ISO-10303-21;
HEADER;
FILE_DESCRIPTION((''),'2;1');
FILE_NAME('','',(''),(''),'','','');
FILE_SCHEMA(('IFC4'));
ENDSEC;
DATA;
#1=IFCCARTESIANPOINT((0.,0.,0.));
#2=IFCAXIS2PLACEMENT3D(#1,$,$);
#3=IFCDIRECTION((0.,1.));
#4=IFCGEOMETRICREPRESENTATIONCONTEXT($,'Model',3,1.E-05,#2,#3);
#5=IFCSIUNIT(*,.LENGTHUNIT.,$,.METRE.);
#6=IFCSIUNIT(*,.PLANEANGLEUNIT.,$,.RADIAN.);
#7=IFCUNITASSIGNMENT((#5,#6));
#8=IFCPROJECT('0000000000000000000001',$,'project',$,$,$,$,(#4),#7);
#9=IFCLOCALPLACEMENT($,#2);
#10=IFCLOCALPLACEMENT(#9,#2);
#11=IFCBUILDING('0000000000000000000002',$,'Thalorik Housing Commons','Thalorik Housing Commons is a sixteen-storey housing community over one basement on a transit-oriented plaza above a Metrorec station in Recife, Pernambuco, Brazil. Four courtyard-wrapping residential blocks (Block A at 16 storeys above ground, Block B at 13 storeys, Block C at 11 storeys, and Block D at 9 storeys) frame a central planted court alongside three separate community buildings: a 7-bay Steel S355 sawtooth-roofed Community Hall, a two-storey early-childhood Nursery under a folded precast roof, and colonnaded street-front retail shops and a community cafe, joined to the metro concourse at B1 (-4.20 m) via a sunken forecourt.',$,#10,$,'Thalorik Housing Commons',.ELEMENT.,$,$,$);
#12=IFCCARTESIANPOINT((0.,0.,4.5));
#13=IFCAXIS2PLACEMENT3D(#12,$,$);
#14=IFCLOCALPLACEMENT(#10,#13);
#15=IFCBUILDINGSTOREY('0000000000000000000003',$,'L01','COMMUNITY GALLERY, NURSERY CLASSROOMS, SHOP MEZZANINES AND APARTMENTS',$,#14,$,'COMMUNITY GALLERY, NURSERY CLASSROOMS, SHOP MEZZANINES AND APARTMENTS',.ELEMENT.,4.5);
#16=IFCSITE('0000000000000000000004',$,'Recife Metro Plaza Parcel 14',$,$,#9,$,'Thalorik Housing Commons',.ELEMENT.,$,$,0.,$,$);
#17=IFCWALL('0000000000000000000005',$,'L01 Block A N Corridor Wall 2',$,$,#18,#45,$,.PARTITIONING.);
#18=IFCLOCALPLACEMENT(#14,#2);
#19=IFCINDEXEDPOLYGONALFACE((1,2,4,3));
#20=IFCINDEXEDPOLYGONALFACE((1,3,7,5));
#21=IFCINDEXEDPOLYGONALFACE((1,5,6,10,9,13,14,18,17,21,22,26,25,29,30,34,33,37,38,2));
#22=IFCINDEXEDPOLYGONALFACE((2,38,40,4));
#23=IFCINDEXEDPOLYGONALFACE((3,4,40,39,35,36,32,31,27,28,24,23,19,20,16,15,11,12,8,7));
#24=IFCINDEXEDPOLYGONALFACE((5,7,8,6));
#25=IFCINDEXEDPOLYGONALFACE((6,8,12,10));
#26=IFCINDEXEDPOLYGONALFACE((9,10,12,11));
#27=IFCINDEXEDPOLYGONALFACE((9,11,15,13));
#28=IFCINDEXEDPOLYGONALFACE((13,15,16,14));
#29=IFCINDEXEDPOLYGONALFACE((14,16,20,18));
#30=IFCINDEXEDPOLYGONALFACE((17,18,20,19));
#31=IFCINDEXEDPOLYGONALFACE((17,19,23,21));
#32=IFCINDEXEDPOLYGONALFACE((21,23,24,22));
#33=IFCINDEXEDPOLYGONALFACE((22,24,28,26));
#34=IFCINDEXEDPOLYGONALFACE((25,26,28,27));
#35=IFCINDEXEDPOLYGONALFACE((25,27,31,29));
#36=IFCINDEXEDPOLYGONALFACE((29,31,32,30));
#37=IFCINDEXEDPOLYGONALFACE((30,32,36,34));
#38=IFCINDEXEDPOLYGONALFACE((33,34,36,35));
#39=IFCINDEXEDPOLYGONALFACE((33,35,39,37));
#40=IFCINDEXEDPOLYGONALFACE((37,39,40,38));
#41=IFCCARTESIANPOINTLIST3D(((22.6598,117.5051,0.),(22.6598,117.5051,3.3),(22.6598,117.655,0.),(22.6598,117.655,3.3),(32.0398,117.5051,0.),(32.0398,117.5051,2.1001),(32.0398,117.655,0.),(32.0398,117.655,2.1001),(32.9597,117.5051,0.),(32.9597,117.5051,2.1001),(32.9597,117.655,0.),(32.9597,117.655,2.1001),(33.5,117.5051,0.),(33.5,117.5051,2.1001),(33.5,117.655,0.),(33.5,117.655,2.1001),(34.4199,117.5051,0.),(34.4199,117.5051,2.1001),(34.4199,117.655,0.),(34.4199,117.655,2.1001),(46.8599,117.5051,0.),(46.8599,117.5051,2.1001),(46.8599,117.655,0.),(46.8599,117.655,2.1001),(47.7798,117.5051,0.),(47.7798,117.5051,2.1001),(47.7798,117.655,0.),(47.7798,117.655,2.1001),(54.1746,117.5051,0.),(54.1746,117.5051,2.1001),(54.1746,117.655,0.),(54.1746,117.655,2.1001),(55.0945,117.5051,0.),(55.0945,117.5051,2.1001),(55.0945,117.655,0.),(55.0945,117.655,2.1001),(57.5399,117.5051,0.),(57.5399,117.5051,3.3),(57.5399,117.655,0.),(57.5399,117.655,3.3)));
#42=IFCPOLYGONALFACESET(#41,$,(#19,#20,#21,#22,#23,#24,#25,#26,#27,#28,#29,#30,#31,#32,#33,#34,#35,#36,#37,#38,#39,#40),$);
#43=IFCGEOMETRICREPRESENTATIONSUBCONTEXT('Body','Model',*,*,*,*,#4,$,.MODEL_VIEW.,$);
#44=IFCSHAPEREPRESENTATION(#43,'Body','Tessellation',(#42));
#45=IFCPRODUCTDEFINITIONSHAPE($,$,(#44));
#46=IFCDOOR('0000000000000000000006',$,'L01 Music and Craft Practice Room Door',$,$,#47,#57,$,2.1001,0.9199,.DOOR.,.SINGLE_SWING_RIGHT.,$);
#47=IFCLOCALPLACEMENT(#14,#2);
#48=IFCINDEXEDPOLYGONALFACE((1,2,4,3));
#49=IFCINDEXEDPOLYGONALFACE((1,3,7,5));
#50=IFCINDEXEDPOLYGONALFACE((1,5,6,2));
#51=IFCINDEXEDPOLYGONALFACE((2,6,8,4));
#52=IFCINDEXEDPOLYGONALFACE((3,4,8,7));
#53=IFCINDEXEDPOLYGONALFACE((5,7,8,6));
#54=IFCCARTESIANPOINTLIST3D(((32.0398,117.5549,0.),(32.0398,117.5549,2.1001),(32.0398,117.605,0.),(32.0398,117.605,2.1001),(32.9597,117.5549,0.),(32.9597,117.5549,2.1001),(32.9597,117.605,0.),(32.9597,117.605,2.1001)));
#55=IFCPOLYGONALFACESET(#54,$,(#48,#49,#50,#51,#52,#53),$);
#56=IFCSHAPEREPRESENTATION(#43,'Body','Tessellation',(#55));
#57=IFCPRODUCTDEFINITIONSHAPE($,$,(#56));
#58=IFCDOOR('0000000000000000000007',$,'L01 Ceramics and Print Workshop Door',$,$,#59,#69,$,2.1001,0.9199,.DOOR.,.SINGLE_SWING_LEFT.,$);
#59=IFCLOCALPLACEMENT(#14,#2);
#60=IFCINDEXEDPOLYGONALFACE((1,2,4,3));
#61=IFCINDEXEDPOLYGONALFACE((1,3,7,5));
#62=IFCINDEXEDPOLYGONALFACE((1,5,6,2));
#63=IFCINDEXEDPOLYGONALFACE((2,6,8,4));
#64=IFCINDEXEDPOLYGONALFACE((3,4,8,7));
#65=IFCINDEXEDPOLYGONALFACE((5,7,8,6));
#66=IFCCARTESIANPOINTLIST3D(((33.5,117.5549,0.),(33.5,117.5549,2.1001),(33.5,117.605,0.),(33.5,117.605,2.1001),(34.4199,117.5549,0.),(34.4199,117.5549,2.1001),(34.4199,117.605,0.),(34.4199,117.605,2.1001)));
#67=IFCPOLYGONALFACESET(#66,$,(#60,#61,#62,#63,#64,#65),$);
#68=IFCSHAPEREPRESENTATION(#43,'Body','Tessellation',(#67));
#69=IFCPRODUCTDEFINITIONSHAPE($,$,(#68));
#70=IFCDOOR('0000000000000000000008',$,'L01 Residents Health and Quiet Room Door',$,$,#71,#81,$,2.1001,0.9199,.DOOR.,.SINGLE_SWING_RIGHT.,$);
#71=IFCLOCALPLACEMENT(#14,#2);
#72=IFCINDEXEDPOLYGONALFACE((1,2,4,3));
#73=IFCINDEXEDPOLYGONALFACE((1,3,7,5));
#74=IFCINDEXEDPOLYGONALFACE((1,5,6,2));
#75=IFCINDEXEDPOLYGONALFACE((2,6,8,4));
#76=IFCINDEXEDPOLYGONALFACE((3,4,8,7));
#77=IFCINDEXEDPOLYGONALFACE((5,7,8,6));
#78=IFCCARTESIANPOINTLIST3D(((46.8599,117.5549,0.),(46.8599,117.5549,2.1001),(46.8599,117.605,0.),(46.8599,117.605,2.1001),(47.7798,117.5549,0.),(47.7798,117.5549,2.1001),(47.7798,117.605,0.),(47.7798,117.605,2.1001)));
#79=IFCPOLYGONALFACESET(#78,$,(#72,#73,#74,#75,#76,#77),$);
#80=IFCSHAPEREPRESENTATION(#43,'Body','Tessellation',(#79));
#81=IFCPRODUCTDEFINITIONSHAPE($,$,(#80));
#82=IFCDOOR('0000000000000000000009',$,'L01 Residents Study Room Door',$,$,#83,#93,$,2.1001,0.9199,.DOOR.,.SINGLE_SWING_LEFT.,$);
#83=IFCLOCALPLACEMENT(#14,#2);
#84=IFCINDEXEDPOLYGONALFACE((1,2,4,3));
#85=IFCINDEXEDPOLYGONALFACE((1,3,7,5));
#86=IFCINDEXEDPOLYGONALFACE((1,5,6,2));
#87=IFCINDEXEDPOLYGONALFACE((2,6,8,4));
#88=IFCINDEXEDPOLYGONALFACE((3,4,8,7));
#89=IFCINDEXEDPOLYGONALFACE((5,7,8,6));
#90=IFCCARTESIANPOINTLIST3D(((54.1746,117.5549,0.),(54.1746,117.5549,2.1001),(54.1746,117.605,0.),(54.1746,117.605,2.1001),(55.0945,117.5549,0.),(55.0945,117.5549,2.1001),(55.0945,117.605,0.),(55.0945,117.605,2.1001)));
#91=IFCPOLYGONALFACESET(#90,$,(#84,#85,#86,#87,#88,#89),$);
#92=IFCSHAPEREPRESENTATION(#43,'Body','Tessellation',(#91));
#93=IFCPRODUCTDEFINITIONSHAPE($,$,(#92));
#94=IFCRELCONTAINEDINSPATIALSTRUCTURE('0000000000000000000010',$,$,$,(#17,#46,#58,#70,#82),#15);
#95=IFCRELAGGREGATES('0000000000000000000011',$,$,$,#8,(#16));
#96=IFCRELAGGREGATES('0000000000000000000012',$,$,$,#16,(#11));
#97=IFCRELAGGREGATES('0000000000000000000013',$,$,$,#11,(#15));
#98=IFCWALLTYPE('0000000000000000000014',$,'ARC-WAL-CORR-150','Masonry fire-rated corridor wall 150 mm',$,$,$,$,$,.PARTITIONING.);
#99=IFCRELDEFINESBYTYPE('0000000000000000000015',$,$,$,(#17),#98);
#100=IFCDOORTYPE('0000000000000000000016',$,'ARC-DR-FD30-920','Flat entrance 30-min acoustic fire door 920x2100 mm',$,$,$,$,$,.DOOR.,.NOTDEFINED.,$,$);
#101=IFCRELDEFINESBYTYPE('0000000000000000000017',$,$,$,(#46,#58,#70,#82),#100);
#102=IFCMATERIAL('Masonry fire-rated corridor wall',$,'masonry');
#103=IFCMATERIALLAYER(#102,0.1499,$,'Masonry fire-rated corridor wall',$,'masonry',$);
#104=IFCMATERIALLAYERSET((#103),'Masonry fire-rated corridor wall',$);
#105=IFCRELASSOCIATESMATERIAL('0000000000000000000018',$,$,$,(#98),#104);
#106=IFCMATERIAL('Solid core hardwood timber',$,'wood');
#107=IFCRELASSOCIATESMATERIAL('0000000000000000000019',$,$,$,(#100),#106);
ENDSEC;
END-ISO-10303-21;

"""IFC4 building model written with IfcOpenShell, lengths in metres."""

from ifc_helpers import new_model, si_unit, direction, frame, frame_2d, origin, place, context, subcontext, project, spatial, rectangle, extrude, material, layer, layer_set, type_object, element, fill, save


model = new_model("IFC4")

# Units and contexts
model_context = context("Model", 3, precision=1e-05, world=origin(), true_north=direction((0.0, 1.0)))
body_context = subcontext(model_context, "Body", "Model", "MODEL_VIEW")
ifc_project = project(units=[si_unit("LENGTHUNIT", "METRE"), si_unit("PLANEANGLEUNIT", "RADIAN")], contexts=[model_context])

# Site, building, storey
site_placement = place(None, origin())
site = spatial("IfcSite", under=ifc_project, at=site_placement, Name="Recife Metro Plaza Parcel 14", LongName="Thalorik Housing Commons", CompositionType="ELEMENT", RefElevation=0.0)
building_placement = place(site_placement, origin())
building = spatial("IfcBuilding", under=site, at=building_placement, Name="Thalorik Housing Commons", Description="Thalorik Housing Commons is a sixteen-storey housing community over one basement on a transit-oriented plaza above a Metrorec station in Recife, Pernambuco, Brazil. Four courtyard-wrapping residential blocks (Block A at 16 storeys above ground, Block B at 13 storeys, Block C at 11 storeys, and Block D at 9 storeys) frame a central planted court alongside three separate community buildings: a 7-bay Steel S355 sawtooth-roofed Community Hall, a two-storey early-childhood Nursery under a folded precast roof, and colonnaded street-front retail shops and a community cafe, joined to the metro concourse at B1 (-4.20 m) via a sunken forecourt.", LongName="Thalorik Housing Commons", CompositionType="ELEMENT")
storey_placement = place(building_placement, frame((0.0, 0.0, 4.5)))
storey = spatial("IfcBuildingStorey", under=building, at=storey_placement, Name="L01", Description="COMMUNITY GALLERY, NURSERY CLASSROOMS, SHOP MEZZANINES AND APARTMENTS", LongName="COMMUNITY GALLERY, NURSERY CLASSROOMS, SHOP MEZZANINES AND APARTMENTS", CompositionType="ELEMENT", Elevation=4.5)

# Shared definitions
ifc_material_1 = material(Name="Masonry fire-rated corridor wall", Category="masonry")
ifc_layer_1 = layer(ifc_material_1, 0.1499, Name="Masonry fire-rated corridor wall", Category="masonry")
ifc_layer_set_1 = layer_set([ifc_layer_1], Name="Masonry fire-rated corridor wall")
wall_type_1 = type_object("IfcWallType", Name="ARC-WAL-CORR-150", Description="Masonry fire-rated corridor wall 150 mm", PredefinedType="PARTITIONING", material=ifc_layer_set_1)

# Wall, openings, doors
wall_1_placement = place(storey_placement, frame((22.6599, 117.5801, 0.0), z_axis=(0.0, 0.0, 1.0), x_axis=(1.0, 0.0, 0.0)))
wall_1 = element("IfcWall", 1, at=wall_1_placement, inside=storey, type_object=wall_type_1, Name="L01 Block A N Corridor Wall 2", PredefinedType="PARTITIONING", context=body_context, shape_type="SweptSolid", body=[
    extrude(rectangle(XDim=34.8801, YDim=0.1499, at=frame_2d((17.4399, 0.0))), origin(), (0.0, 0.0, 1.0), 3.3),
])
opening_1_placement = place(wall_1_placement, frame((9.3799, 0.0, 0.0)))
opening_1 = element("IfcOpeningElement", 2, at=opening_1_placement, cuts=wall_1, PredefinedType="OPENING", context=body_context, shape_type="SweptSolid", body=[
    extrude(rectangle(XDim=0.9199, YDim=2.1001, at=frame_2d((0.46, 1.05))), frame((0.0, 0.085, 0.0), z_axis=(0.0, -1.0, 0.0), x_axis=(1.0, 0.0, 0.0)), (0.0, 0.0, 1.0), 0.1699),
])
opening_2_placement = place(wall_1_placement, frame((10.8401, 0.0, 0.0)))
opening_2 = element("IfcOpeningElement", 3, at=opening_2_placement, cuts=wall_1, PredefinedType="OPENING", context=body_context, shape_type="SweptSolid", body=[
    extrude(rectangle(XDim=0.9199, YDim=2.1001, at=frame_2d((0.46, 1.05))), frame((0.0, 0.085, 0.0), z_axis=(0.0, -1.0, 0.0), x_axis=(1.0, 0.0, 0.0)), (0.0, 0.0, 1.0), 0.1699),
])
opening_3_placement = place(wall_1_placement, frame((24.2, 0.0, 0.0)))
opening_3 = element("IfcOpeningElement", 4, at=opening_3_placement, cuts=wall_1, PredefinedType="OPENING", context=body_context, shape_type="SweptSolid", body=[
    extrude(rectangle(XDim=0.9199, YDim=2.1001, at=frame_2d((0.46, 1.05))), frame((0.0, 0.085, 0.0), z_axis=(0.0, -1.0, 0.0), x_axis=(1.0, 0.0, 0.0)), (0.0, 0.0, 1.0), 0.1699),
])
opening_4_placement = place(wall_1_placement, frame((31.5146, 0.0, 0.0)))
opening_4 = element("IfcOpeningElement", 5, at=opening_4_placement, cuts=wall_1, PredefinedType="OPENING", context=body_context, shape_type="SweptSolid", body=[
    extrude(rectangle(XDim=0.9199, YDim=2.1001, at=frame_2d((0.46, 1.05))), frame((0.0, 0.085, 0.0), z_axis=(0.0, -1.0, 0.0), x_axis=(1.0, 0.0, 0.0)), (0.0, 0.0, 1.0), 0.1699),
])
ifc_material_2 = material(Name="Solid core hardwood timber", Category="wood")
door_type_1 = type_object("IfcDoorType", Name="ARC-DR-FD30-920", Description="Flat entrance 30-min acoustic fire door 920x2100 mm", OperationType="NOTDEFINED", PredefinedType="DOOR", material=ifc_material_2)
door_1_placement = place(opening_1_placement, origin())
door_1 = element("IfcDoor", 6, at=door_1_placement, inside=storey, type_object=door_type_1, Name="L01 Music and Craft Practice Room Door", OperationType="SINGLE_SWING_RIGHT", OverallHeight=2.1001, OverallWidth=0.9199, PredefinedType="DOOR", context=body_context, shape_type="SweptSolid", body=[
    extrude(rectangle(XDim=0.9199, YDim=2.1001, at=frame_2d((0.46, 1.05))), frame((0.0, 0.0249, 0.0), z_axis=(0.0, -1.0, 0.0), x_axis=(1.0, 0.0, 0.0)), (0.0, 0.0, 1.0), 0.05),
])
fill(opening_1, door_1)
door_2_placement = place(opening_2_placement, origin())
door_2 = element("IfcDoor", 7, at=door_2_placement, inside=storey, type_object=door_type_1, Name="L01 Ceramics and Print Workshop Door", OperationType="SINGLE_SWING_LEFT", OverallHeight=2.1001, OverallWidth=0.9199, PredefinedType="DOOR", context=body_context, shape_type="SweptSolid", body=[
    extrude(rectangle(XDim=0.9199, YDim=2.1001, at=frame_2d((0.46, 1.05))), frame((0.0, 0.0249, 0.0), z_axis=(0.0, -1.0, 0.0), x_axis=(1.0, 0.0, 0.0)), (0.0, 0.0, 1.0), 0.05),
])
fill(opening_2, door_2)
door_3_placement = place(opening_3_placement, origin())
door_3 = element("IfcDoor", 8, at=door_3_placement, inside=storey, type_object=door_type_1, Name="L01 Residents Health and Quiet Room Door", OperationType="SINGLE_SWING_RIGHT", OverallHeight=2.1001, OverallWidth=0.9199, PredefinedType="DOOR", context=body_context, shape_type="SweptSolid", body=[
    extrude(rectangle(XDim=0.9199, YDim=2.1001, at=frame_2d((0.46, 1.05))), frame((0.0, 0.0249, 0.0), z_axis=(0.0, -1.0, 0.0), x_axis=(1.0, 0.0, 0.0)), (0.0, 0.0, 1.0), 0.05),
])
fill(opening_3, door_3)
door_4_placement = place(opening_4_placement, origin())
door_4 = element("IfcDoor", 9, at=door_4_placement, inside=storey, type_object=door_type_1, Name="L01 Residents Study Room Door", OperationType="SINGLE_SWING_LEFT", OverallHeight=2.1001, OverallWidth=0.9199, PredefinedType="DOOR", context=body_context, shape_type="SweptSolid", body=[
    extrude(rectangle(XDim=0.9199, YDim=2.1001, at=frame_2d((0.46, 1.05))), frame((0.0, 0.0249, 0.0), z_axis=(0.0, -1.0, 0.0), x_axis=(1.0, 0.0, 0.0)), (0.0, 0.0, 1.0), 0.05),
])
fill(opening_4, door_4)

save(model, "model.ifc")
